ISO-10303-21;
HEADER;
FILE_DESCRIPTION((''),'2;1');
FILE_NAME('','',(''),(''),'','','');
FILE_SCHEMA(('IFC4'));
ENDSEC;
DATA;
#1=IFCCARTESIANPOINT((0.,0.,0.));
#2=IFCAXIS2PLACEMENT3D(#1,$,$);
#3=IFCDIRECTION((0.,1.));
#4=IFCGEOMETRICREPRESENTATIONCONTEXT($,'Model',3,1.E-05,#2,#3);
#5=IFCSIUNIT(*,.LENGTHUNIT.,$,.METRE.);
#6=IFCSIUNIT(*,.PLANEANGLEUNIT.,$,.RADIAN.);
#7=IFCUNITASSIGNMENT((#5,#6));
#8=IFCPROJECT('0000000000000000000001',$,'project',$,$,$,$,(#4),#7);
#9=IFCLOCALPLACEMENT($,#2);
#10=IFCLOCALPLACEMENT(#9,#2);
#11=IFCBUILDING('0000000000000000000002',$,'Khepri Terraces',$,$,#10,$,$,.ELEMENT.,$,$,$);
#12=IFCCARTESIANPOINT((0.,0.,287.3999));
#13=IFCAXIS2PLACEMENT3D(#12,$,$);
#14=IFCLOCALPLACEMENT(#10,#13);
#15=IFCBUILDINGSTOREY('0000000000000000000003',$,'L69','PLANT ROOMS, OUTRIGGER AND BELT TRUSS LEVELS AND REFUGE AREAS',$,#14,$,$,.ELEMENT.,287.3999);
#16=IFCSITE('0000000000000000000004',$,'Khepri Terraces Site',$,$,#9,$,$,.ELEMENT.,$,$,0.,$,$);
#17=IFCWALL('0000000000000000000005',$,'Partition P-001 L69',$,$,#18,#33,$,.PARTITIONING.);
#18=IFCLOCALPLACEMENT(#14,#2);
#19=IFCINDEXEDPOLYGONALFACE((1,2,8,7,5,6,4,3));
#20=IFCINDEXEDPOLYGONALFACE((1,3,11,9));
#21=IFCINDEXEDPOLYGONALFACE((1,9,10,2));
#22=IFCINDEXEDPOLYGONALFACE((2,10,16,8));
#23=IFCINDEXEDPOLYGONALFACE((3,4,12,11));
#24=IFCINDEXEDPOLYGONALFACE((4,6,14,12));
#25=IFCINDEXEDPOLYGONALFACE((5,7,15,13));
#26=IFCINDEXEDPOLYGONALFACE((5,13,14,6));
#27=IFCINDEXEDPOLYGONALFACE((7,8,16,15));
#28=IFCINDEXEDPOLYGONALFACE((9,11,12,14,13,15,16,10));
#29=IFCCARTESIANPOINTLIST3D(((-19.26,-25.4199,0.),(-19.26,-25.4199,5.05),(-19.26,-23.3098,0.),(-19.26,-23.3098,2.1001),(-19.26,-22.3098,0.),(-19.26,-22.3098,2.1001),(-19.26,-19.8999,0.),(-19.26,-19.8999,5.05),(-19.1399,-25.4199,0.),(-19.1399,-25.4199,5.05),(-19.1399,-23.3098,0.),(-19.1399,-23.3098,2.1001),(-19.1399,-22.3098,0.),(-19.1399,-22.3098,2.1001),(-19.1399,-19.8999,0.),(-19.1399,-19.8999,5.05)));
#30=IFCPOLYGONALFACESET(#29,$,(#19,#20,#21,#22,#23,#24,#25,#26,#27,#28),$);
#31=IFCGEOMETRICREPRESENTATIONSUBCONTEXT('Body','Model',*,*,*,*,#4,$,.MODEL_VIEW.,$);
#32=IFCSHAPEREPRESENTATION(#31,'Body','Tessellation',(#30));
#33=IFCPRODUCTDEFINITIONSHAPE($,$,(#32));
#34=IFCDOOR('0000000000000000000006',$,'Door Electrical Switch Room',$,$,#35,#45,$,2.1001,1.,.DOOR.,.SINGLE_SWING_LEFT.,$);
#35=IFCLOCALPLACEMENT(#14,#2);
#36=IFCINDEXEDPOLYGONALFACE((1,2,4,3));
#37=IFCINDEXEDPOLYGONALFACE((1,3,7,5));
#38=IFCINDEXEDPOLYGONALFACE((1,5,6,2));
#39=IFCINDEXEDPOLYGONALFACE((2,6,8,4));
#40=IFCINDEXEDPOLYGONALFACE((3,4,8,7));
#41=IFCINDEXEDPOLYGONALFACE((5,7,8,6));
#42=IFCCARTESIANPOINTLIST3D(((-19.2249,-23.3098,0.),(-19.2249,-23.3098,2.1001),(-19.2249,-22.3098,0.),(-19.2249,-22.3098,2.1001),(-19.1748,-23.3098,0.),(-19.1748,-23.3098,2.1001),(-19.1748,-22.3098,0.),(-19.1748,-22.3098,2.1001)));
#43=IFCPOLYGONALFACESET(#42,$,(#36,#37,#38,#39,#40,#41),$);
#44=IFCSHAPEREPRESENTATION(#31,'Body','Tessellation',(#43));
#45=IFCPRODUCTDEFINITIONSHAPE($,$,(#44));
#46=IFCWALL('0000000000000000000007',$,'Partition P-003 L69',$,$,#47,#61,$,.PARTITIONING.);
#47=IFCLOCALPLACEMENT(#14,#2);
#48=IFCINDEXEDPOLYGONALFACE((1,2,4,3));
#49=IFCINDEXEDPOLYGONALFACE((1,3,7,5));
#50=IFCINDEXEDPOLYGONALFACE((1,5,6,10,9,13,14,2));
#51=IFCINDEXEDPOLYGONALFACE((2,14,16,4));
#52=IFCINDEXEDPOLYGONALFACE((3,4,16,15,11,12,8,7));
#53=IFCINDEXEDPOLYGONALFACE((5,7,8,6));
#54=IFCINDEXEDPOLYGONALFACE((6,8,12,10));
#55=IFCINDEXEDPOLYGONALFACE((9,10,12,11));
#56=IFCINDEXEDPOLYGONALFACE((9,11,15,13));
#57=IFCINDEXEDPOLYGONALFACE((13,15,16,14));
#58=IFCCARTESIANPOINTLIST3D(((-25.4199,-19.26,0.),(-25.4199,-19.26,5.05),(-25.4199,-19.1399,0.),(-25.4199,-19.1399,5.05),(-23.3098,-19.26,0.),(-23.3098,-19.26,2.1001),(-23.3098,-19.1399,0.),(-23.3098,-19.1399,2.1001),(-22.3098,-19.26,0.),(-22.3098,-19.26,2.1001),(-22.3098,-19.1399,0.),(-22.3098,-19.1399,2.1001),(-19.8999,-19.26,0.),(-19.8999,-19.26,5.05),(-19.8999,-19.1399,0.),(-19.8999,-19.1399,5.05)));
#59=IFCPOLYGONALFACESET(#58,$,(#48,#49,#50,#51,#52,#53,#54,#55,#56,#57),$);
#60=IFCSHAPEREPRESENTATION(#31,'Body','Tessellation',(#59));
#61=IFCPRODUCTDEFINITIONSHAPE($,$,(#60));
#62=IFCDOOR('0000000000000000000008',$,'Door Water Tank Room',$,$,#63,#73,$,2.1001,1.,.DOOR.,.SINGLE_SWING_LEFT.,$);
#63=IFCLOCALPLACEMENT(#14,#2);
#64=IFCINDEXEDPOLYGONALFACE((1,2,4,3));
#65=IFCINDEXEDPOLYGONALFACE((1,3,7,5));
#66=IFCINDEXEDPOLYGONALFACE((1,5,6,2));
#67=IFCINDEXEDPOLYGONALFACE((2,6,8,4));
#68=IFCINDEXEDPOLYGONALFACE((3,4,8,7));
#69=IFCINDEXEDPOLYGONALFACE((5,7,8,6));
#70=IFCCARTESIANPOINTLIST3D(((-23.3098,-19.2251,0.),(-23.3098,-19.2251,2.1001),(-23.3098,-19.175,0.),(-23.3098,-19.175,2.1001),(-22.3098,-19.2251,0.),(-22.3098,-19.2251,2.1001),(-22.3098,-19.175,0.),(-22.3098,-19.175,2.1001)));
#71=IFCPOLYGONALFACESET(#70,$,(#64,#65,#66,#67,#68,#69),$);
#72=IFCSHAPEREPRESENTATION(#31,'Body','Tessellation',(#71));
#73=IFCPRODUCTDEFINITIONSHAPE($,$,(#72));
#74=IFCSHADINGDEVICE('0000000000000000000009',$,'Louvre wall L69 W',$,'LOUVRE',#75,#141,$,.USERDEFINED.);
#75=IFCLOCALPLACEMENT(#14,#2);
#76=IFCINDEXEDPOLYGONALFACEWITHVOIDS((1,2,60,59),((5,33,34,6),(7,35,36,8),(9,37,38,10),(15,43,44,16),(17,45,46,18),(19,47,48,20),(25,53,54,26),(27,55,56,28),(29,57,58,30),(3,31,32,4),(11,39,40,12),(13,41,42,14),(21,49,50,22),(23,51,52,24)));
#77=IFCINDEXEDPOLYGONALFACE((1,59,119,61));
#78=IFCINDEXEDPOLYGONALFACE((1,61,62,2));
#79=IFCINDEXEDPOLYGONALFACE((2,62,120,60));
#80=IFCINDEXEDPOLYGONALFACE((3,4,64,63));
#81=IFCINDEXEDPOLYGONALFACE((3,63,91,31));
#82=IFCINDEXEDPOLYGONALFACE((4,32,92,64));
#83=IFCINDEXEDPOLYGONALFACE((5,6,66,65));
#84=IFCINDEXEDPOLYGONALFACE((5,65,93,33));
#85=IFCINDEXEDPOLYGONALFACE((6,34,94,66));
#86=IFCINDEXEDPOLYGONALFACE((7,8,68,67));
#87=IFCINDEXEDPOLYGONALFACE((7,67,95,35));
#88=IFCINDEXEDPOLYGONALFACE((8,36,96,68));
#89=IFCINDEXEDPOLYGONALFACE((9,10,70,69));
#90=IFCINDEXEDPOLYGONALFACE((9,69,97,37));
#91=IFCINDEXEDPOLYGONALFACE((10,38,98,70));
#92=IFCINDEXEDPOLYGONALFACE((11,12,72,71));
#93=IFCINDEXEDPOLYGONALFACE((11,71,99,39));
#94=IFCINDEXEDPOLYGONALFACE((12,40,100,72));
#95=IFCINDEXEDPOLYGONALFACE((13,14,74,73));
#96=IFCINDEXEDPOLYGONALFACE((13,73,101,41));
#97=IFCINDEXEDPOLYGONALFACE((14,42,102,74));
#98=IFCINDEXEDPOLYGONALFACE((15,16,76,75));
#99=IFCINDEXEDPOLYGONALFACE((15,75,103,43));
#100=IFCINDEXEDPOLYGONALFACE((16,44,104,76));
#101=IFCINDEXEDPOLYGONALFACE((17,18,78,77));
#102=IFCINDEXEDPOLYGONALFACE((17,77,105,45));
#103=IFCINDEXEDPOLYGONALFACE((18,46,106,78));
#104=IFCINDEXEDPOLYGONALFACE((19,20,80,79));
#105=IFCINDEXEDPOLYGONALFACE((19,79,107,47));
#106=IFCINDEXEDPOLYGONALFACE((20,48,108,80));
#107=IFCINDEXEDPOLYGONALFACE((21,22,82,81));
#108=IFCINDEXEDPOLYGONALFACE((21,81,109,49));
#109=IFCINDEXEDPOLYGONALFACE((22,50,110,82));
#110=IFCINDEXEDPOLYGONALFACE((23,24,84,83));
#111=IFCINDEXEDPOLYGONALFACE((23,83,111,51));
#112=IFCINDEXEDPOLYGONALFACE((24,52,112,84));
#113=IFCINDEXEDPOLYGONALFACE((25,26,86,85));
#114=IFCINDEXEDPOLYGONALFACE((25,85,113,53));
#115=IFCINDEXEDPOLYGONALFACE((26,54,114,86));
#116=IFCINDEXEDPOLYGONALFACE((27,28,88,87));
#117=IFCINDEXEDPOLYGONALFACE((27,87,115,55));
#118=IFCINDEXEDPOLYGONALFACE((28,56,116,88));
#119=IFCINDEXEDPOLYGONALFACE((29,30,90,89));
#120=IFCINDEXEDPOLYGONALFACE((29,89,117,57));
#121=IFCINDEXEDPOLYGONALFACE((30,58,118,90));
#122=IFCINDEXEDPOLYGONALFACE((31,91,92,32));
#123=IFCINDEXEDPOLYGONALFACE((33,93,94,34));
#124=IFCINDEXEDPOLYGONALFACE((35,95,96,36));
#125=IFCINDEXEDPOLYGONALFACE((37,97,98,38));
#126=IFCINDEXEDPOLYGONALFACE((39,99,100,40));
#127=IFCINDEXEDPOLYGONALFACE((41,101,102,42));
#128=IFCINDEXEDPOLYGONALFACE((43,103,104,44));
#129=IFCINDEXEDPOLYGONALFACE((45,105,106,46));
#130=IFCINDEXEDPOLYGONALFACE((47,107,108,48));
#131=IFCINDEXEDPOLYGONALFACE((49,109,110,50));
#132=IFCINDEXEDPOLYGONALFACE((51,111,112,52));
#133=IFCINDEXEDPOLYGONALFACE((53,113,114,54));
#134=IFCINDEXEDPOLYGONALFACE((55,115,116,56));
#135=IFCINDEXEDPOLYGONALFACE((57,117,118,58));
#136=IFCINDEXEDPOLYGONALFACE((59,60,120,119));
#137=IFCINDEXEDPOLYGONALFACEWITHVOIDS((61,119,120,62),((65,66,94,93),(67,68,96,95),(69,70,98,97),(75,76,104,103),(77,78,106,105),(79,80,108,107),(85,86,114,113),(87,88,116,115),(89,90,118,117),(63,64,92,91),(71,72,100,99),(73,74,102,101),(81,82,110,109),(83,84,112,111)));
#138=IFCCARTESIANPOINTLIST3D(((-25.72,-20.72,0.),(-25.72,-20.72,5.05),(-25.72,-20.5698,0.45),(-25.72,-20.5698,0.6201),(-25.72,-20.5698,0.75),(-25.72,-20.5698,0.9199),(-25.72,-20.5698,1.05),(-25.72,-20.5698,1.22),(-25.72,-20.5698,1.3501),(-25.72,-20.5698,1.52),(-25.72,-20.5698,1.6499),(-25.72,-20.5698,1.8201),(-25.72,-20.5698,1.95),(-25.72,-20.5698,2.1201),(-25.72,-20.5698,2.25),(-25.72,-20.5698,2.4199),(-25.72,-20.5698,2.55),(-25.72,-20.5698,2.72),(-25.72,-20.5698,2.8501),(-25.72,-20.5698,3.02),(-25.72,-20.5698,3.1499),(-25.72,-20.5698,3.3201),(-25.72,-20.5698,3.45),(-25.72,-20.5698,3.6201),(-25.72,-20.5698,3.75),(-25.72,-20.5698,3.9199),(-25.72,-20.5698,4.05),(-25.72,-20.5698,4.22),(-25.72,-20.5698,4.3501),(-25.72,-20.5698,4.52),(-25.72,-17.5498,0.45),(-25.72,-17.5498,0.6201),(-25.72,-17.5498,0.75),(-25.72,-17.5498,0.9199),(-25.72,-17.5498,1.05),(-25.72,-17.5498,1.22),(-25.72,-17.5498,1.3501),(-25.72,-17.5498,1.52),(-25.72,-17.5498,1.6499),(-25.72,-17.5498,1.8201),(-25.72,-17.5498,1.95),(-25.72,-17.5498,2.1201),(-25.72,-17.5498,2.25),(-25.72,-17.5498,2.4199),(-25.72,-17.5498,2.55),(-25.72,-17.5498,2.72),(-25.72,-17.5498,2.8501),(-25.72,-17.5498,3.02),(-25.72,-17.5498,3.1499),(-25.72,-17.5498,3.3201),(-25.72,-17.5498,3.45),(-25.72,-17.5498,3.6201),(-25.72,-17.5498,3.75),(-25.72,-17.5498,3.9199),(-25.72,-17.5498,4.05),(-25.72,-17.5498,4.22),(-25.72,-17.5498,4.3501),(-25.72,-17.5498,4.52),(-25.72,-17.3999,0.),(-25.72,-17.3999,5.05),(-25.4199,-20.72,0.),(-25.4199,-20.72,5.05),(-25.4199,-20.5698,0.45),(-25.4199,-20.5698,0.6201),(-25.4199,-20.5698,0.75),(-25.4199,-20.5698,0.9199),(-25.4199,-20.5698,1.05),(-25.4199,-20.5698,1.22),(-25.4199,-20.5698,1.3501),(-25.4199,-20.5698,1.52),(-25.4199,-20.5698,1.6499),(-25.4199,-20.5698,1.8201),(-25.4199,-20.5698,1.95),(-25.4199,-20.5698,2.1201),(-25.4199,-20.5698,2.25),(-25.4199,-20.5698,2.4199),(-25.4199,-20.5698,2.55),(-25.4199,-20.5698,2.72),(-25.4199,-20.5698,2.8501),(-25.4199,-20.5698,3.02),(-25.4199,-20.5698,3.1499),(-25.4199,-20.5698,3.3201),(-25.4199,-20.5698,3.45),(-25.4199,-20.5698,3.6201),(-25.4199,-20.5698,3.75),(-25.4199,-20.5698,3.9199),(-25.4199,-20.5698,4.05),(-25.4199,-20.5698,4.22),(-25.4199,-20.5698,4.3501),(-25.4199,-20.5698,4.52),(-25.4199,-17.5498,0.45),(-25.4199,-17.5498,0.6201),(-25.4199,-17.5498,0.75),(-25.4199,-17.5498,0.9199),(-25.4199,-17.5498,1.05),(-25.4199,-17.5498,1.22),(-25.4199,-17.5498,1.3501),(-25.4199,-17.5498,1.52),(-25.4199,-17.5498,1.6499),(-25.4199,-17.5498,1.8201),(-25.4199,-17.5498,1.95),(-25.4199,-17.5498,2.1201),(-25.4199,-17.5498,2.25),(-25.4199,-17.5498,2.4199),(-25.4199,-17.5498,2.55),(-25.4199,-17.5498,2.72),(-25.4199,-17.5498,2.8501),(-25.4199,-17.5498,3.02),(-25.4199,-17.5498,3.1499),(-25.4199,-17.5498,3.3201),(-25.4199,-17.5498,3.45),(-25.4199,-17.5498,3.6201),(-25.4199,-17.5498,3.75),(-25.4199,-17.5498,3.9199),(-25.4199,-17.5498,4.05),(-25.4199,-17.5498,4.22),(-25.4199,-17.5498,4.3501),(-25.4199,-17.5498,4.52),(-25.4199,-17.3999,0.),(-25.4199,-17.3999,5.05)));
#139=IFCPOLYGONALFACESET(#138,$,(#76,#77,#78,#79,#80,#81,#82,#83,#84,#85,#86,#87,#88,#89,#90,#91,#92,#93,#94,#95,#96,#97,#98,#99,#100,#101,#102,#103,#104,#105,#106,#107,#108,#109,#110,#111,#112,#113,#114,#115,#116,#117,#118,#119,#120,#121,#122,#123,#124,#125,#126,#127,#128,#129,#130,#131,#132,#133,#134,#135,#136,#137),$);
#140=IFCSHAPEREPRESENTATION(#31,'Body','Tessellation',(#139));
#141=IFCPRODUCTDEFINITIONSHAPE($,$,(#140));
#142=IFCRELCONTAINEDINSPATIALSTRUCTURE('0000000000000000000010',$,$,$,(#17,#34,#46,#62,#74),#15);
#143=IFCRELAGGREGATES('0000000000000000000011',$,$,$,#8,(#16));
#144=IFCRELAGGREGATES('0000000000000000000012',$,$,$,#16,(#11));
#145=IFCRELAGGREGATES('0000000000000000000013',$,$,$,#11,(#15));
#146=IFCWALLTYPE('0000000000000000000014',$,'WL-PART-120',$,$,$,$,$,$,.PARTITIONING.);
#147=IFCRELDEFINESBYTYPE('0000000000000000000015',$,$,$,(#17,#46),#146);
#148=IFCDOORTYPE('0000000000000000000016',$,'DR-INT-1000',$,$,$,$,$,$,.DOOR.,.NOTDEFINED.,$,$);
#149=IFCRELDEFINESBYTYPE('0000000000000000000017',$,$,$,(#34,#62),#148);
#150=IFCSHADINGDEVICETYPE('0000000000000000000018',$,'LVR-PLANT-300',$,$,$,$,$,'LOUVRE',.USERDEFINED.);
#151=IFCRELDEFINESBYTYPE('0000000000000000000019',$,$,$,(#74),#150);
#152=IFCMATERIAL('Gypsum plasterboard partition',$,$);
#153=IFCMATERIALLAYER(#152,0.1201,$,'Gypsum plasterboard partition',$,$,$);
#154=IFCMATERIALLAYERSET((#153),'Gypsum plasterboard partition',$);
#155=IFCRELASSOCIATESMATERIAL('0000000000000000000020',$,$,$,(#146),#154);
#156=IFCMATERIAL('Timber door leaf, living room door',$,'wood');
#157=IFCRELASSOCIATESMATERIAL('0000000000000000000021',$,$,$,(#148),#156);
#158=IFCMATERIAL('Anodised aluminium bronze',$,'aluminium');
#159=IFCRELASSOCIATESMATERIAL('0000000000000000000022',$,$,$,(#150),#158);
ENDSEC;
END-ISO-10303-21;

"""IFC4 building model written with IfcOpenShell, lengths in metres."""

from ifc_helpers import new_model, si_unit, direction, frame, frame_2d, origin, place, context, subcontext, project, spatial, polyline, rectangle, outline, extrude, material, layer, layer_set, type_object, element, fill, save


model = new_model("IFC4")

# Units and contexts
model_context = context("Model", 3, precision=1e-05, world=origin(), true_north=direction((0.0, 1.0)))
body_context = subcontext(model_context, "Body", "Model", "MODEL_VIEW")
ifc_project = project(units=[si_unit("LENGTHUNIT", "METRE"), si_unit("PLANEANGLEUNIT", "RADIAN")], contexts=[model_context])

# Site, building, storey
site_placement = place(None, origin())
site = spatial("IfcSite", under=ifc_project, at=site_placement, Name="Khepri Terraces Site", CompositionType="ELEMENT", RefElevation=0.0)
building_placement = place(site_placement, origin())
building = spatial("IfcBuilding", under=site, at=building_placement, Name="Khepri Terraces", CompositionType="ELEMENT")
storey_placement = place(building_placement, frame((0.0, 0.0, 287.3999)))
storey = spatial("IfcBuildingStorey", under=building, at=storey_placement, Name="L69", Description="PLANT ROOMS, OUTRIGGER AND BELT TRUSS LEVELS AND REFUGE AREAS", CompositionType="ELEMENT", Elevation=287.3999)

# Walls, openings, doors
ifc_material_1 = material(Name="Gypsum plasterboard partition")
ifc_layer_1 = layer(ifc_material_1, 0.1201, Name="Gypsum plasterboard partition")
ifc_layer_set_1 = layer_set([ifc_layer_1], Name="Gypsum plasterboard partition")
wall_type_1 = type_object("IfcWallType", Name="WL-PART-120", PredefinedType="PARTITIONING", material=ifc_layer_set_1)
wall_1_placement = place(storey_placement, frame((-19.2, -25.4199, 0.0), z_axis=(0.0, 0.0, 1.0), x_axis=(0.0, 1.0, 0.0)))
wall_1 = element("IfcWall", 1, at=wall_1_placement, inside=storey, type_object=wall_type_1, Name="Partition P-001 L69", PredefinedType="PARTITIONING", context=body_context, shape_type="SweptSolid", body=[
    extrude(rectangle(XDim=5.52, YDim=0.1201, at=frame_2d((2.76, 0.0))), origin(), (0.0, 0.0, 1.0), 5.05),
])
opening_1_placement = place(wall_1_placement, frame((2.1101, 0.0, 0.0)))
opening_1 = element("IfcOpeningElement", 2, at=opening_1_placement, cuts=wall_1, PredefinedType="OPENING", context=body_context, shape_type="SweptSolid", body=[
    extrude(rectangle(XDim=1.0, YDim=2.1001, at=frame_2d((0.5, 1.05))), frame((0.0, 0.0701, 0.0), z_axis=(0.0, -1.0, 0.0), x_axis=(1.0, 0.0, 0.0)), (0.0, 0.0, 1.0), 0.1401),
])
ifc_material_2 = material(Name="Timber door leaf, living room door", Category="wood")
door_type_1 = type_object("IfcDoorType", Name="DR-INT-1000", OperationType="NOTDEFINED", PredefinedType="DOOR", material=ifc_material_2)
door_1_placement = place(opening_1_placement, origin())
door_1 = element("IfcDoor", 3, at=door_1_placement, inside=storey, type_object=door_type_1, Name="Door Electrical Switch Room", OperationType="SINGLE_SWING_LEFT", OverallHeight=2.1001, OverallWidth=1.0, PredefinedType="DOOR", context=body_context, shape_type="SweptSolid", body=[
    extrude(rectangle(XDim=1.0, YDim=2.1001, at=frame_2d((0.5, 1.05))), frame((0.0, 0.0249, 0.0), z_axis=(0.0, -1.0, 0.0), x_axis=(1.0, 0.0, 0.0)), (0.0, 0.0, 1.0), 0.05),
])
fill(opening_1, door_1)
wall_2_placement = place(storey_placement, frame((-25.4199, -19.2, 0.0), z_axis=(0.0, 0.0, 1.0), x_axis=(1.0, 0.0, 0.0)))
wall_2 = element("IfcWall", 4, at=wall_2_placement, inside=storey, type_object=wall_type_1, Name="Partition P-003 L69", PredefinedType="PARTITIONING", context=body_context, shape_type="SweptSolid", body=[
    extrude(rectangle(XDim=5.52, YDim=0.1201, at=frame_2d((2.76, 0.0))), origin(), (0.0, 0.0, 1.0), 5.05),
])
opening_2_placement = place(wall_2_placement, frame((2.1101, 0.0, 0.0)))
opening_2 = element("IfcOpeningElement", 5, at=opening_2_placement, cuts=wall_2, PredefinedType="OPENING", context=body_context, shape_type="SweptSolid", body=[
    extrude(rectangle(XDim=1.0, YDim=2.1001, at=frame_2d((0.5, 1.05))), frame((0.0, 0.0701, 0.0), z_axis=(0.0, -1.0, 0.0), x_axis=(1.0, 0.0, 0.0)), (0.0, 0.0, 1.0), 0.1401),
])
door_2_placement = place(opening_2_placement, origin())
door_2 = element("IfcDoor", 6, at=door_2_placement, inside=storey, type_object=door_type_1, Name="Door Water Tank Room", OperationType="SINGLE_SWING_LEFT", OverallHeight=2.1001, OverallWidth=1.0, PredefinedType="DOOR", context=body_context, shape_type="SweptSolid", body=[
    extrude(rectangle(XDim=1.0, YDim=2.1001, at=frame_2d((0.5, 1.05))), frame((0.0, 0.0249, 0.0), z_axis=(0.0, -1.0, 0.0), x_axis=(1.0, 0.0, 0.0)), (0.0, 0.0, 1.0), 0.05),
])
fill(opening_2, door_2)

# Shading device
ifc_material_3 = material(Name="Anodised aluminium bronze", Category="aluminium")
shading_device_type = type_object("IfcShadingDeviceType", Name="LVR-PLANT-300", ElementType="LOUVRE", PredefinedType="USERDEFINED", material=ifc_material_3)
shading_device_1_placement = place(storey_placement, frame((-25.4199, -17.3999, 0.0), z_axis=(-1.0, 0.0, 0.0), x_axis=(0.0, -1.0, 0.0)))
element("IfcShadingDevice", 7, at=shading_device_1_placement, inside=storey, type_object=shading_device_type, Name="Louvre wall L69 W", ObjectType="LOUVRE", PredefinedType="USERDEFINED", context=body_context, shape_type="SweptSolid", body=[
    extrude(outline(polyline([(0.0, 0.0), (3.3201, 0.0), (3.3201, 5.05), (0.0, 5.05), (0.0, 0.0)]), holes=[polyline([(0.1499, 0.45), (3.1699, 0.45), (3.1699, 0.6201), (0.1499, 0.6201), (0.1499, 0.45)]), polyline([(0.1499, 0.75), (3.1699, 0.75), (3.1699, 0.9199), (0.1499, 0.9199), (0.1499, 0.75)]), polyline([(0.1499, 1.05), (3.1699, 1.05), (3.1699, 1.22), (0.1499, 1.22), (0.1499, 1.05)]), polyline([(0.1499, 1.3501), (3.1699, 1.3501), (3.1699, 1.52), (0.1499, 1.52), (0.1499, 1.3501)]), polyline([(0.1499, 1.6499), (3.1699, 1.6499), (3.1699, 1.8201), (0.1499, 1.8201), (0.1499, 1.6499)]), polyline([(0.1499, 1.95), (3.1699, 1.95), (3.1699, 2.1201), (0.1499, 2.1201), (0.1499, 1.95)]), polyline([(0.1499, 2.25), (3.1699, 2.25), (3.1699, 2.4199), (0.1499, 2.4199), (0.1499, 2.25)]), polyline([(0.1499, 2.55), (3.1699, 2.55), (3.1699, 2.72), (0.1499, 2.72), (0.1499, 2.55)]), polyline([(0.1499, 2.8501), (3.1699, 2.8501), (3.1699, 3.02), (0.1499, 3.02), (0.1499, 2.8501)]), polyline([(0.1499, 3.1499), (3.1699, 3.1499), (3.1699, 3.3201), (0.1499, 3.3201), (0.1499, 3.1499)]), polyline([(0.1499, 3.45), (3.1699, 3.45), (3.1699, 3.6201), (0.1499, 3.6201), (0.1499, 3.45)]), polyline([(0.1499, 3.75), (3.1699, 3.75), (3.1699, 3.9199), (0.1499, 3.9199), (0.1499, 3.75)]), polyline([(0.1499, 4.05), (3.1699, 4.05), (3.1699, 4.22), (0.1499, 4.22), (0.1499, 4.05)]), polyline([(0.1499, 4.3501), (3.1699, 4.3501), (3.1699, 4.52), (0.1499, 4.52), (0.1499, 4.3501)])]), origin(), (0.0, 0.0, 1.0), 0.3),
])

save(model, "model.ifc")
